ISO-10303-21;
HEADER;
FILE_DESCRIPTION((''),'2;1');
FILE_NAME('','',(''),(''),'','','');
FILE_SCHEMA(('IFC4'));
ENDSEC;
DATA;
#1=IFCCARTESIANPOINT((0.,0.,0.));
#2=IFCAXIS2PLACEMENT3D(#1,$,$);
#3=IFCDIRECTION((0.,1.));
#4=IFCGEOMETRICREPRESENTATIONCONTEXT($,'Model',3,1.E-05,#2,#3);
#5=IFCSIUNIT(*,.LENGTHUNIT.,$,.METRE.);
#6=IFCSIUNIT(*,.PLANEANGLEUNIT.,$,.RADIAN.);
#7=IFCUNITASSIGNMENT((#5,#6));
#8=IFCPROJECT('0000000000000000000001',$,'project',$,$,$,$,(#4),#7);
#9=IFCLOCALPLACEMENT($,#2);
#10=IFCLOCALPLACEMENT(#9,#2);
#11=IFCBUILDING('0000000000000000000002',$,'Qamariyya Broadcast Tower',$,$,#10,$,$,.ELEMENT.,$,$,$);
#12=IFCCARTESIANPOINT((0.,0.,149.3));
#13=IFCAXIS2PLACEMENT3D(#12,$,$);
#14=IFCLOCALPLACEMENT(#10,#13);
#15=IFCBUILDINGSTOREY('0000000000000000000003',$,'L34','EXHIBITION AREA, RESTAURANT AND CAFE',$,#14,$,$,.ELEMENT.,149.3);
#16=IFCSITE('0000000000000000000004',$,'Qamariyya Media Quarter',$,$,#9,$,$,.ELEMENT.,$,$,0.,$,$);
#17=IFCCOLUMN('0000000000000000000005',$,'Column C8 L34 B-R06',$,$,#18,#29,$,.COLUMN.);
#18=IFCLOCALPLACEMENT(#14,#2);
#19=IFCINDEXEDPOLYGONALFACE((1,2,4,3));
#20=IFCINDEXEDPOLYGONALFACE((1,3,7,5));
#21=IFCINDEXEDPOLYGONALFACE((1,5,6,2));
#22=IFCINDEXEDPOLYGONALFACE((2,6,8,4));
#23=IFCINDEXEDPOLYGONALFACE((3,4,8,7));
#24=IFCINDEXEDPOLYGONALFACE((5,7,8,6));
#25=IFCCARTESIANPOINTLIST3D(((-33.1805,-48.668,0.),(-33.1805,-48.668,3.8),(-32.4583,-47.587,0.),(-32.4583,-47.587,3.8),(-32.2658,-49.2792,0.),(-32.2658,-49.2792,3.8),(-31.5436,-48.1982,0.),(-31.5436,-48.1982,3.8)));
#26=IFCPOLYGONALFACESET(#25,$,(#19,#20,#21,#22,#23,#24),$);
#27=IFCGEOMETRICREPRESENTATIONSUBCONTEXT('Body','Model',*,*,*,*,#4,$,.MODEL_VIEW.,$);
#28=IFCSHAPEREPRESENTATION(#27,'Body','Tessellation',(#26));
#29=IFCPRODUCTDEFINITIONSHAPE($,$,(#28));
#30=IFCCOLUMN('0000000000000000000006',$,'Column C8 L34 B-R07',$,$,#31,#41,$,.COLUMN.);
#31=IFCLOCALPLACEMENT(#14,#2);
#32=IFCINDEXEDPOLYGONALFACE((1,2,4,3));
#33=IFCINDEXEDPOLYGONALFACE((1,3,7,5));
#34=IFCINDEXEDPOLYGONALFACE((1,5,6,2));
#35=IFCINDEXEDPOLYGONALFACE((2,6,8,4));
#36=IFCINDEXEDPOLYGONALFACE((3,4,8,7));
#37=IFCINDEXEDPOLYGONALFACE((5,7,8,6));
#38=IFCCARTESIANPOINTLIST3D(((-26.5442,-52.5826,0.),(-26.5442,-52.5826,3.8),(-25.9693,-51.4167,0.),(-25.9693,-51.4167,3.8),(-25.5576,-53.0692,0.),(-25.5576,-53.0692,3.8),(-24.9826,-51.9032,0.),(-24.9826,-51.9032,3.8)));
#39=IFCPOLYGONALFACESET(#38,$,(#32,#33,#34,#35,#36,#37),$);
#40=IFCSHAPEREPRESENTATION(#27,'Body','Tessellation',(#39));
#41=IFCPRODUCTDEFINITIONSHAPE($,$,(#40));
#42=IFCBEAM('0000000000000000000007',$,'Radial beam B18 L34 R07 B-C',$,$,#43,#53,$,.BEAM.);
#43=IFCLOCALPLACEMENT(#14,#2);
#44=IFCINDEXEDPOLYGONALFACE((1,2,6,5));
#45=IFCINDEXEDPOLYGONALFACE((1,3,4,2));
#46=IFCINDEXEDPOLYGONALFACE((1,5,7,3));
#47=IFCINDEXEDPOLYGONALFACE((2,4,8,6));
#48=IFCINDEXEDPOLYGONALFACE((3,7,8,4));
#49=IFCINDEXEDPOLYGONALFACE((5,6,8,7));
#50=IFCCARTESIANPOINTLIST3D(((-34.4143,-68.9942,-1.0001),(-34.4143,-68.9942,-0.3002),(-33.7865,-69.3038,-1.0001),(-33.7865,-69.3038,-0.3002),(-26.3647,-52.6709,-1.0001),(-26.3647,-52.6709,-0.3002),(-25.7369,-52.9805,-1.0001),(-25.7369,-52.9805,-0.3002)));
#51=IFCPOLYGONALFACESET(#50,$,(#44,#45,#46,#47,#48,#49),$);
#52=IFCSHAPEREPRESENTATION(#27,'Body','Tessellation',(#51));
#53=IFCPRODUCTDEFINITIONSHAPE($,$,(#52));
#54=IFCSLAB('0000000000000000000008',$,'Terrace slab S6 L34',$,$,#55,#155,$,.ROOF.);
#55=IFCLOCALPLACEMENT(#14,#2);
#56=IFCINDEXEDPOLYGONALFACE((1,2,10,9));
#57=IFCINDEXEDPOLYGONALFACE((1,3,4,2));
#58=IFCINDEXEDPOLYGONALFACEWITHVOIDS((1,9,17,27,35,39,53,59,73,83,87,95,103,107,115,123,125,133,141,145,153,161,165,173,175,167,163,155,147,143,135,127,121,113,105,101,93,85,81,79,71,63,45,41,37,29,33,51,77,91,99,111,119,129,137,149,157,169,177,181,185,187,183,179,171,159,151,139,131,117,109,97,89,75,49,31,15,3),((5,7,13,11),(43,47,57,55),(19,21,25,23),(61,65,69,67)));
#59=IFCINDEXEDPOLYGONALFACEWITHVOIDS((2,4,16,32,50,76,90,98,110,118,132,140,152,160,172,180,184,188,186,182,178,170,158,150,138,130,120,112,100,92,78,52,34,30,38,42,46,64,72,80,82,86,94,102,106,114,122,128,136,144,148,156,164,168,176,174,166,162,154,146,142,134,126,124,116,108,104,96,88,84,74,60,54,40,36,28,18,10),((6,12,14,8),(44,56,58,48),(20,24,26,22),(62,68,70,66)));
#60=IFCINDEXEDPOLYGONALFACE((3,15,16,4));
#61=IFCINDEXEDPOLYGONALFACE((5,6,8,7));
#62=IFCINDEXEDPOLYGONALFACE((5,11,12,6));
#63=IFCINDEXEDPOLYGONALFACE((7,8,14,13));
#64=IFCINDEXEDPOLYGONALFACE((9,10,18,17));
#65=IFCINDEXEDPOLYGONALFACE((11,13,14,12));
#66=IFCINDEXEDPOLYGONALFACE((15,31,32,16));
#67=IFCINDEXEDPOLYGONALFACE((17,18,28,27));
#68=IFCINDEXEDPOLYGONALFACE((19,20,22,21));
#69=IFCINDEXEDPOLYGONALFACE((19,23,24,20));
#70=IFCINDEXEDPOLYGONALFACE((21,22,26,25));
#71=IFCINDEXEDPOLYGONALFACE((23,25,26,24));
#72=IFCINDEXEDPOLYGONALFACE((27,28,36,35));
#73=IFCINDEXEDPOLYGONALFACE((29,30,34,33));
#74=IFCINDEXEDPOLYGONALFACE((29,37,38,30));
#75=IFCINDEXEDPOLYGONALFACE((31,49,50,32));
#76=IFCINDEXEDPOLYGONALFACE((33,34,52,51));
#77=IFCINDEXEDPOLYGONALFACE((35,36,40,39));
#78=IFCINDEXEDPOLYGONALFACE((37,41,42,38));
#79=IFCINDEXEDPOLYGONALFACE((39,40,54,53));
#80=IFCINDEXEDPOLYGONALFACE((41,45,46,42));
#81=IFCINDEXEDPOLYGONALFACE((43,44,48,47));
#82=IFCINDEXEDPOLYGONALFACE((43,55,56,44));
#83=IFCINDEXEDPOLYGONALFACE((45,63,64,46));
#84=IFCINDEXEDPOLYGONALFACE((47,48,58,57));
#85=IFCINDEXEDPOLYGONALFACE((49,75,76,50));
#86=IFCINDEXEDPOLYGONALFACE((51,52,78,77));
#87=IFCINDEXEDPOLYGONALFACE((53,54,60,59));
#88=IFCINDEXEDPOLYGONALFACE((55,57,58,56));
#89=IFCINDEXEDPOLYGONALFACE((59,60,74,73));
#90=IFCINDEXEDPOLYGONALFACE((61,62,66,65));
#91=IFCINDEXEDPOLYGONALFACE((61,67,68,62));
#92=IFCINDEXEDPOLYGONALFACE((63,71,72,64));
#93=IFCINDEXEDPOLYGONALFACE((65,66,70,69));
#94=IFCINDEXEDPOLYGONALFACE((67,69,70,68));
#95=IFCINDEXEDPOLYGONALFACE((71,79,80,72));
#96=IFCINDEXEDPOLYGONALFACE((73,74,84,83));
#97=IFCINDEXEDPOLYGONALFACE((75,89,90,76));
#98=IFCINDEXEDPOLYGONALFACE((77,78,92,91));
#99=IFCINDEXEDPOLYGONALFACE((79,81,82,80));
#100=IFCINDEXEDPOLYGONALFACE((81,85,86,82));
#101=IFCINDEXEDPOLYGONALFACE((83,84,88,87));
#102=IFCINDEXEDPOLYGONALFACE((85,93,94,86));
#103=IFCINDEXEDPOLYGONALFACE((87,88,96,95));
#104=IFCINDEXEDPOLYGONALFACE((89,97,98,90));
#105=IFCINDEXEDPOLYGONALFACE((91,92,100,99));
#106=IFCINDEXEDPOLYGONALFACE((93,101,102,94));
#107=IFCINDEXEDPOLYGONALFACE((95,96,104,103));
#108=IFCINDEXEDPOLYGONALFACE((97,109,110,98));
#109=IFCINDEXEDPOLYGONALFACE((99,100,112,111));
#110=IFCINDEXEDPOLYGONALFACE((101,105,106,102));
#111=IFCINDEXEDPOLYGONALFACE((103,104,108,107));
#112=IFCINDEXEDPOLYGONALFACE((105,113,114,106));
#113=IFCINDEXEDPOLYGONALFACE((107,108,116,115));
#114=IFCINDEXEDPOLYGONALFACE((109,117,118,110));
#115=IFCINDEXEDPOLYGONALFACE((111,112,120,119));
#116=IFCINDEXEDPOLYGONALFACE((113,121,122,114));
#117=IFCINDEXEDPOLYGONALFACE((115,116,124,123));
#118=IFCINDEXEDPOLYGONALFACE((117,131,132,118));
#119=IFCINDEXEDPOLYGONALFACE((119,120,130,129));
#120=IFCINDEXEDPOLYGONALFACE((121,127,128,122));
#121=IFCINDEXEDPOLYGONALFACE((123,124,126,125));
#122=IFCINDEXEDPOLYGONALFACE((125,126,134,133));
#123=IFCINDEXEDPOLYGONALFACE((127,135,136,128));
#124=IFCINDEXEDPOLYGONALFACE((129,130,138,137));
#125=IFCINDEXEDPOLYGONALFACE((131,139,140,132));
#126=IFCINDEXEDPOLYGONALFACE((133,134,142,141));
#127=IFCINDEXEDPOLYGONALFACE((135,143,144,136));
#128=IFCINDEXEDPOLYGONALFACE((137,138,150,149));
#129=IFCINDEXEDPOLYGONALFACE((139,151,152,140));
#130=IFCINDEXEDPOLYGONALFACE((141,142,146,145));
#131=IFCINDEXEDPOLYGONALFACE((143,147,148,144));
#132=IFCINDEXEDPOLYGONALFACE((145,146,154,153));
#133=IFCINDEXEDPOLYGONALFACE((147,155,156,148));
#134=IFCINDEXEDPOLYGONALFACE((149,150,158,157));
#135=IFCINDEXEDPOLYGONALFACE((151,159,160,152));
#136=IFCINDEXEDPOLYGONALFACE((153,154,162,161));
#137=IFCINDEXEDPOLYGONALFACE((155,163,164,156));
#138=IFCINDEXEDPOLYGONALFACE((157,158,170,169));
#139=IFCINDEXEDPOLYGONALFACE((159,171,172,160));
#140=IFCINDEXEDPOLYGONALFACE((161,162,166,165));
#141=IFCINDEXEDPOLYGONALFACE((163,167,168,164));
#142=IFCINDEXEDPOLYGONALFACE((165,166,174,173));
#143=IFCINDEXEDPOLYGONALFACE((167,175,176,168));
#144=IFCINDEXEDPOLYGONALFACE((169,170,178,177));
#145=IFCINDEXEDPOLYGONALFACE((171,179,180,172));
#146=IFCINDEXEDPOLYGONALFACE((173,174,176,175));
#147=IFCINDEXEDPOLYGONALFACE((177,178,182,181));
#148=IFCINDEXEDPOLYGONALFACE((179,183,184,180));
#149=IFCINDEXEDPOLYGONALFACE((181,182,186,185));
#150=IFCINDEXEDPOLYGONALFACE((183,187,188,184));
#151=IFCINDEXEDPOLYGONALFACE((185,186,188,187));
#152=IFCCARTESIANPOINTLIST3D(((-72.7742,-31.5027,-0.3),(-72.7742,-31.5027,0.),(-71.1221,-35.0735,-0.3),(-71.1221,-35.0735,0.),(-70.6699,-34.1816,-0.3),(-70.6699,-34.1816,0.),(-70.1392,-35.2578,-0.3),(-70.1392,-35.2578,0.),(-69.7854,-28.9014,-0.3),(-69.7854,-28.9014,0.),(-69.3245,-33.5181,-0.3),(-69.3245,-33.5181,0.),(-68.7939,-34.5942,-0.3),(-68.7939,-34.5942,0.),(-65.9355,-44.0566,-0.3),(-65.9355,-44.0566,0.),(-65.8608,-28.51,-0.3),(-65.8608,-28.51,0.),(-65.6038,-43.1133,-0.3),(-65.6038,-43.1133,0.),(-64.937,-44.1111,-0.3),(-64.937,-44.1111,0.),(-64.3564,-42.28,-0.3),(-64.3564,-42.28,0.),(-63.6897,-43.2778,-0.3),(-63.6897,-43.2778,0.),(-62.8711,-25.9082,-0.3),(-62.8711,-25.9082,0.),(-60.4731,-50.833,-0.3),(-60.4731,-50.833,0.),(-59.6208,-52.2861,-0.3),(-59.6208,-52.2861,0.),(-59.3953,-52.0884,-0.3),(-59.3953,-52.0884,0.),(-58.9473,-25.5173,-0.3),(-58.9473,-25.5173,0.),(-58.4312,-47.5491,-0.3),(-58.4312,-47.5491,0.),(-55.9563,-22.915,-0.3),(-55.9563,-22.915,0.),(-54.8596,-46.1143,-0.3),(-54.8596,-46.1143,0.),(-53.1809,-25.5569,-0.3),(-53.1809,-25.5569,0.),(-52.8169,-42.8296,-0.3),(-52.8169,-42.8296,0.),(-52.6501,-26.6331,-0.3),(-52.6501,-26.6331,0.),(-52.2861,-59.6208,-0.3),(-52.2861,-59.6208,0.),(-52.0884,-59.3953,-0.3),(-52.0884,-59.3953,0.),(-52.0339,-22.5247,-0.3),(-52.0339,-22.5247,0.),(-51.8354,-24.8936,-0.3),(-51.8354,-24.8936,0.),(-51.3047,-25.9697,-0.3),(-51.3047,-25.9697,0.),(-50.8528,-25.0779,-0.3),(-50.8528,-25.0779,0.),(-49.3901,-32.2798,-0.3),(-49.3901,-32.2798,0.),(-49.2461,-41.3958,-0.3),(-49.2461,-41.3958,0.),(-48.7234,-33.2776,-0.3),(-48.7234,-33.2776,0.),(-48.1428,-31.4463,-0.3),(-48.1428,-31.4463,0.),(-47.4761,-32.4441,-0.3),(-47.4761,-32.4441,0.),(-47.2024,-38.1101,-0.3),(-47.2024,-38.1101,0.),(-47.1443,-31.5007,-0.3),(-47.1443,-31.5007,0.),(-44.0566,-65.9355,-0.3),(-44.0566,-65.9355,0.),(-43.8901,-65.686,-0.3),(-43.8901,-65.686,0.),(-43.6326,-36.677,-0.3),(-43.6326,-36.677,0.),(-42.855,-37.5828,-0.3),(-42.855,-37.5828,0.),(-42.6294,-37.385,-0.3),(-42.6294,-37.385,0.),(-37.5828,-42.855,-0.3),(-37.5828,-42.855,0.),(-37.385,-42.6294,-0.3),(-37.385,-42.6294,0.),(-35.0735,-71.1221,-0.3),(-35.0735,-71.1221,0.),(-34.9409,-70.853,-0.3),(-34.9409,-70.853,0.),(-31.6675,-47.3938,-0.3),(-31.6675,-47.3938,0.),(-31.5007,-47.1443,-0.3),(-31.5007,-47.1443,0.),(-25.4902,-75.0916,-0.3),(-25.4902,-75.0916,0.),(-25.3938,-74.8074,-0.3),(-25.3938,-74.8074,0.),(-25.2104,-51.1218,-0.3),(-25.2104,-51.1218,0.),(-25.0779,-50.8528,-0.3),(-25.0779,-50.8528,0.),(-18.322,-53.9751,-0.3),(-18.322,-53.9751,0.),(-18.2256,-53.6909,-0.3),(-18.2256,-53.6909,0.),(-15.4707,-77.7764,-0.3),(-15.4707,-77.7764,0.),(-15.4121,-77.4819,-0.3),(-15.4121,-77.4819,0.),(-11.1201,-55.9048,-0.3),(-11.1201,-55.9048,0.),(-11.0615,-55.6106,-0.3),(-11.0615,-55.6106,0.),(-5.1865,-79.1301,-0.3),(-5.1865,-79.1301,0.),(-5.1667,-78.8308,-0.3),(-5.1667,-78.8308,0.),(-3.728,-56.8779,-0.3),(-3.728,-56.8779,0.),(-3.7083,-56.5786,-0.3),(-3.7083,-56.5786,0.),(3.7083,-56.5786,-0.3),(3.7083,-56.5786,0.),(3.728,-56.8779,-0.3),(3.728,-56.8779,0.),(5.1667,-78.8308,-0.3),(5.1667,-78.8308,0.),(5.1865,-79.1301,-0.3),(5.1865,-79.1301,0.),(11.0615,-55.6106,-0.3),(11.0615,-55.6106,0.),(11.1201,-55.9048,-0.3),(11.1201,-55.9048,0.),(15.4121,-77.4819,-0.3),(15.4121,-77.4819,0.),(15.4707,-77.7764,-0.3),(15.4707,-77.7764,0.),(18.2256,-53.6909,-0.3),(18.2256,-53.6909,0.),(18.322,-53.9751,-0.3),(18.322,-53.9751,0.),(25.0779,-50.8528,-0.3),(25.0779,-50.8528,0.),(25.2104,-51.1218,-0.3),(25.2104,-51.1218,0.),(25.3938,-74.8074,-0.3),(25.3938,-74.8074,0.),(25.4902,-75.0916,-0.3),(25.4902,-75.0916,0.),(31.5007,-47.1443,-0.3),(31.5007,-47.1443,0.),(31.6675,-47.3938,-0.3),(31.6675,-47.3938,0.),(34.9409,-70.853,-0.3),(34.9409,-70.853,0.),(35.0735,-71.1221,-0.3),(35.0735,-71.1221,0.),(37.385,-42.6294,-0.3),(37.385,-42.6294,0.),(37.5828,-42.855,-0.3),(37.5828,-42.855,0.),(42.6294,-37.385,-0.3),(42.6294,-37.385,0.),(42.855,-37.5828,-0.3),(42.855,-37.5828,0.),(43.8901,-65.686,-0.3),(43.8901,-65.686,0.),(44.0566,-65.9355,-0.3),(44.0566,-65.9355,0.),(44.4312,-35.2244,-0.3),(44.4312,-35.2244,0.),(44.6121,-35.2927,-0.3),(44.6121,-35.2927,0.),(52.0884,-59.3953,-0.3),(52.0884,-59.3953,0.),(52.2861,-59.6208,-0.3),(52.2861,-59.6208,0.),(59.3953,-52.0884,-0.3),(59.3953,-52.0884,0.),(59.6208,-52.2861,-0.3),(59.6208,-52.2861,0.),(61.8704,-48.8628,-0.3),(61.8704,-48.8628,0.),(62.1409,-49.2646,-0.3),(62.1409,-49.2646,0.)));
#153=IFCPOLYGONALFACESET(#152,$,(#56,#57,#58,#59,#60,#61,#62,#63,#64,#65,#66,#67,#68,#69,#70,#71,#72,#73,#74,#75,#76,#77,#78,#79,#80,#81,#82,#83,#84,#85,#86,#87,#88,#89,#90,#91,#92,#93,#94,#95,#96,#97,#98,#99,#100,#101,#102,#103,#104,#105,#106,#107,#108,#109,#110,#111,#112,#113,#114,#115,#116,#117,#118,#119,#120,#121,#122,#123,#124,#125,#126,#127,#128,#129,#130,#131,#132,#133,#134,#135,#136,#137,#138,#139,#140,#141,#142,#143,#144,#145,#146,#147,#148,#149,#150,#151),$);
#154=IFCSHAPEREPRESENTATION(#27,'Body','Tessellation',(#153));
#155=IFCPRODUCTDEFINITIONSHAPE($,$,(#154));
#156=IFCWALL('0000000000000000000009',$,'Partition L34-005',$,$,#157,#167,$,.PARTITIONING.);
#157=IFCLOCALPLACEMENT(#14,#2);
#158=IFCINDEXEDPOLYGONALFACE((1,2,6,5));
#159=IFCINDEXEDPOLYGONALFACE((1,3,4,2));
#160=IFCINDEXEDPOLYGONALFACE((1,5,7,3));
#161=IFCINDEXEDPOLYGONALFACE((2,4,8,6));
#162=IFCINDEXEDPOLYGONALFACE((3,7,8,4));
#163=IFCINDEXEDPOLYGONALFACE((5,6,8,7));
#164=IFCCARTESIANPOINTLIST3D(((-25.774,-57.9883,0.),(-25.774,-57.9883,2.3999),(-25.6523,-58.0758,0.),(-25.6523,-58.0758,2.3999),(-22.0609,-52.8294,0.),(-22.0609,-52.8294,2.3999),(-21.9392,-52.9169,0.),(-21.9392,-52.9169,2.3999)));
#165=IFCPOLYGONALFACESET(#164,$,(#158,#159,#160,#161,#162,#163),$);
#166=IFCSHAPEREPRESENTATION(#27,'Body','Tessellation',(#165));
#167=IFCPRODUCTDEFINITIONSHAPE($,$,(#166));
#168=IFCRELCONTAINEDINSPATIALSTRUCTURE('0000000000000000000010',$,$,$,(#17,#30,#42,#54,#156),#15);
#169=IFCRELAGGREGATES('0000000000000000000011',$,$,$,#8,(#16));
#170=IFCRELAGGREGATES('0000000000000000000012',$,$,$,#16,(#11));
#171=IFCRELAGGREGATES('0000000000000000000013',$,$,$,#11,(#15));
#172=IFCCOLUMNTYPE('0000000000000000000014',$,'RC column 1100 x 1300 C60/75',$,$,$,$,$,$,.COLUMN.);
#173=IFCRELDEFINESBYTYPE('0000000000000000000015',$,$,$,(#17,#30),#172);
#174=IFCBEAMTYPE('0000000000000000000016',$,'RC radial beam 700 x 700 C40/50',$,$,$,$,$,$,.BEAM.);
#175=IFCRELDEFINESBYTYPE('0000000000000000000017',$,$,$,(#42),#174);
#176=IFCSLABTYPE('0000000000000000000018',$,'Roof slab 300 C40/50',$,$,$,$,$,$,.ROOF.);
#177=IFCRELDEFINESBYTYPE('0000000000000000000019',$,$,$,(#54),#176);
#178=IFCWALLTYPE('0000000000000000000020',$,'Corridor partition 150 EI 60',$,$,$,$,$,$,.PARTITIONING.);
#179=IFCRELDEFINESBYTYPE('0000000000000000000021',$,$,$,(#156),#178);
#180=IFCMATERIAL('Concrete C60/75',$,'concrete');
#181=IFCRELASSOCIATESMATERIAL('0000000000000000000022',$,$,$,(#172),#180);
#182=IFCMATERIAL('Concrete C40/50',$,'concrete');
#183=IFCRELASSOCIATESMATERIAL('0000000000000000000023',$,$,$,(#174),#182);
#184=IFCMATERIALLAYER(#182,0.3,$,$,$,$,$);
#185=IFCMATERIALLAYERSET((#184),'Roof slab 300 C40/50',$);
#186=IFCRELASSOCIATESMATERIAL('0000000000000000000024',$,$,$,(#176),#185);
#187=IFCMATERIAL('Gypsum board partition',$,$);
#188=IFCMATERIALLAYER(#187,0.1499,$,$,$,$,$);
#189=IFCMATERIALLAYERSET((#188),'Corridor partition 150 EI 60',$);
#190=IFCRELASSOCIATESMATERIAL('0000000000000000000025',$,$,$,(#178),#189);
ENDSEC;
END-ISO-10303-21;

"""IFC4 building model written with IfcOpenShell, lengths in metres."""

from ifc_helpers import new_model, si_unit, direction, frame, frame_2d, origin, origin_2d, place, context, subcontext, project, spatial, polyline, rectangle, outline, extrude, material, layer, layer_set, material_profile, profile_set, type_object, element, save


model = new_model("IFC4")

# Units and contexts
model_context = context("Model", 3, precision=1e-05, world=origin(), true_north=direction((0.0, 1.0)))
body_context = subcontext(model_context, "Body", "Model", "MODEL_VIEW")
ifc_project = project(units=[si_unit("LENGTHUNIT", "METRE"), si_unit("PLANEANGLEUNIT", "RADIAN")], contexts=[model_context])

# Site, building, storey
site_placement = place(None, origin())
site = spatial("IfcSite", under=ifc_project, at=site_placement, Name="Qamariyya Media Quarter", CompositionType="ELEMENT", RefElevation=0.0)
building_placement = place(site_placement, origin())
building = spatial("IfcBuilding", under=site, at=building_placement, Name="Qamariyya Broadcast Tower", CompositionType="ELEMENT")
storey_placement = place(building_placement, frame((0.0, 0.0, 149.3)))
storey = spatial("IfcBuildingStorey", under=building, at=storey_placement, Name="L34", Description="EXHIBITION AREA, RESTAURANT AND CAFE", CompositionType="ELEMENT", Elevation=149.3)

# Columns
ifc_material_1 = material(Name="Concrete C60/75", Category="concrete")
ifc_material_profile_1 = material_profile(ifc_material_1, rectangle(XDim=1.1001, YDim=1.3, at=origin_2d()))
ifc_profile_set_1 = profile_set([ifc_material_profile_1], Name="Concrete C60/75")
column_type = type_object("IfcColumnType", Name="RC column 1100 x 1300 C60/75", PredefinedType="COLUMN", material=ifc_profile_set_1)
for number, where, z_axis, x_axis, name in (
    (1, (-32.3621, -48.4331, 0.0), (0.0, 0.0, 1.0), (0.83147, -0.55557, 0.0), "Column C8 L34 B-R06"),
    (2, (-25.7634, -52.2429, 0.0), (0.0, 0.0, 1.0), (0.896873, -0.442289, 0.0), "Column C8 L34 B-R07"),
):
    element("IfcColumn", number, at=place(storey_placement, frame(where, z_axis=z_axis, x_axis=x_axis)), inside=storey, type_object=column_type, Name=name, PredefinedType="COLUMN", context=body_context, shape_type="SweptSolid", body=[
        extrude(rectangle(XDim=1.1001, YDim=1.3, at=origin_2d()), origin(), (0.0, 0.0, 1.0), 3.8),
    ])

# Beam
ifc_material_2 = material(Name="Concrete C40/50", Category="concrete")
ifc_material_profile_2 = material_profile(ifc_material_2, rectangle(XDim=0.7, YDim=0.7, at=origin_2d()))
ifc_profile_set_2 = profile_set([ifc_material_profile_2], Name="Concrete C40/50")
beam_type = type_object("IfcBeamType", Name="RC radial beam 700 x 700 C40/50", PredefinedType="BEAM", material=ifc_profile_set_2)
beam_placement = place(storey_placement, frame((-26.0508, -52.8257, -0.6501), z_axis=(-0.442281, -0.896876, 0.0), x_axis=(0.896876, -0.442281, 0.0)))
element("IfcBeam", 3, at=beam_placement, inside=storey, type_object=beam_type, Name="Radial beam B18 L34 R07 B-C", PredefinedType="BEAM", context=body_context, shape_type="SweptSolid", body=[
    extrude(rectangle(XDim=0.7, YDim=0.7, at=origin_2d()), origin(), (0.0, 0.0, 1.0), 18.2002),
])

# Slab
ifc_layer_1 = layer(ifc_material_2, 0.3)
ifc_layer_set_1 = layer_set([ifc_layer_1], Name="Roof slab 300 C40/50")
slab_type_1 = type_object("IfcSlabType", Name="Roof slab 300 C40/50", PredefinedType="ROOF", material=ifc_layer_set_1)
slab_1_placement = place(storey_placement, frame((0.0, 0.0, -0.3)))
element("IfcSlab", 4, at=slab_1_placement, inside=storey, type_object=slab_type_1, Name="Terrace slab S6 L34", PredefinedType="ROOF", context=body_context, shape_type="SweptSolid", body=[
    extrude(outline(polyline([(52.2861, -59.6208), (59.6208, -52.2861), (62.1409, -49.2646), (61.8704, -48.8628), (59.3953, -52.0884), (52.0884, -59.3953), (43.8901, -65.686), (34.9409, -70.853), (25.3938, -74.8074), (15.4121, -77.4819), (5.1667, -78.8308), (-5.1667, -78.8308), (-15.4121, -77.4819), (-25.3938, -74.8074), (-34.9409, -70.853), (-43.8901, -65.686), (-52.0884, -59.3953), (-59.3953, -52.0884), (-60.4731, -50.833), (-58.4312, -47.5491), (-54.8596, -46.1143), (-52.8169, -42.8296), (-49.2461, -41.3958), (-47.2024, -38.1101), (-43.6326, -36.677), (-42.855, -37.5828), (-37.5828, -42.855), (-31.6675, -47.3938), (-25.2104, -51.1218), (-18.322, -53.9751), (-11.1201, -55.9048), (-3.728, -56.8779), (3.728, -56.8779), (11.1201, -55.9048), (18.322, -53.9751), (25.2104, -51.1218), (31.6675, -47.3938), (37.5828, -42.855), (42.855, -37.5828), (44.6121, -35.2927), (44.4312, -35.2244), (42.6294, -37.385), (37.385, -42.6294), (31.5007, -47.1443), (25.0779, -50.8528), (18.2256, -53.6909), (11.0615, -55.6106), (3.7083, -56.5786), (-3.7083, -56.5786), (-11.0615, -55.6106), (-18.2256, -53.6909), (-25.0779, -50.8528), (-31.5007, -47.1443), (-37.385, -42.6294), (-42.6294, -37.385), (-47.1443, -31.5007), (-50.8528, -25.0779), (-52.0339, -22.5247), (-55.9563, -22.915), (-58.9473, -25.5173), (-62.8711, -25.9082), (-65.8608, -28.51), (-69.7854, -28.9014), (-72.7742, -31.5027), (-71.1221, -35.0735), (-65.9355, -44.0566), (-59.6208, -52.2861), (-52.2861, -59.6208), (-44.0566, -65.9355), (-35.0735, -71.1221), (-25.4902, -75.0916), (-15.4707, -77.7764), (-5.1865, -79.1301), (5.1865, -79.1301), (15.4707, -77.7764), (25.4902, -75.0916), (35.0735, -71.1221), (44.0566, -65.9355), (52.2861, -59.6208)]), holes=[polyline([(-65.6038, -43.1133), (-64.3564, -42.28), (-63.6897, -43.2778), (-64.937, -44.1111), (-65.6038, -43.1133)]), polyline([(-70.6699, -34.1816), (-69.3245, -33.5181), (-68.7939, -34.5942), (-70.1392, -35.2578), (-70.6699, -34.1816)]), polyline([(-49.3901, -32.2798), (-48.1428, -31.4463), (-47.4761, -32.4441), (-48.7234, -33.2776), (-49.3901, -32.2798)]), polyline([(-53.1809, -25.5569), (-51.8354, -24.8936), (-51.3047, -25.9697), (-52.6501, -26.6331), (-53.1809, -25.5569)])]), origin(), (0.0, 0.0, 1.0), 0.3),
])

# Wall
ifc_material_3 = material(Name="Gypsum board partition")
ifc_layer_2 = layer(ifc_material_3, 0.1499)
ifc_layer_set_2 = layer_set([ifc_layer_2], Name="Corridor partition 150 EI 60")
wall_type_1 = type_object("IfcWallType", Name="Corridor partition 150 EI 60", PredefinedType="PARTITIONING", material=ifc_layer_set_2)
wall_1_placement = place(storey_placement, frame((-22.0, -52.873, 0.0), z_axis=(0.0, 0.0, 1.0), x_axis=(-0.58417, -0.811631, 0.0)))
element("IfcWall", 5, at=wall_1_placement, inside=storey, type_object=wall_type_1, Name="Partition L34-005", PredefinedType="PARTITIONING", context=body_context, shape_type="SweptSolid", body=[
    extrude(rectangle(XDim=6.3562, YDim=0.1499, at=frame_2d((3.1782, 0.0))), origin(), (0.0, 0.0, 1.0), 2.3999),
])

save(model, "model.ifc")
